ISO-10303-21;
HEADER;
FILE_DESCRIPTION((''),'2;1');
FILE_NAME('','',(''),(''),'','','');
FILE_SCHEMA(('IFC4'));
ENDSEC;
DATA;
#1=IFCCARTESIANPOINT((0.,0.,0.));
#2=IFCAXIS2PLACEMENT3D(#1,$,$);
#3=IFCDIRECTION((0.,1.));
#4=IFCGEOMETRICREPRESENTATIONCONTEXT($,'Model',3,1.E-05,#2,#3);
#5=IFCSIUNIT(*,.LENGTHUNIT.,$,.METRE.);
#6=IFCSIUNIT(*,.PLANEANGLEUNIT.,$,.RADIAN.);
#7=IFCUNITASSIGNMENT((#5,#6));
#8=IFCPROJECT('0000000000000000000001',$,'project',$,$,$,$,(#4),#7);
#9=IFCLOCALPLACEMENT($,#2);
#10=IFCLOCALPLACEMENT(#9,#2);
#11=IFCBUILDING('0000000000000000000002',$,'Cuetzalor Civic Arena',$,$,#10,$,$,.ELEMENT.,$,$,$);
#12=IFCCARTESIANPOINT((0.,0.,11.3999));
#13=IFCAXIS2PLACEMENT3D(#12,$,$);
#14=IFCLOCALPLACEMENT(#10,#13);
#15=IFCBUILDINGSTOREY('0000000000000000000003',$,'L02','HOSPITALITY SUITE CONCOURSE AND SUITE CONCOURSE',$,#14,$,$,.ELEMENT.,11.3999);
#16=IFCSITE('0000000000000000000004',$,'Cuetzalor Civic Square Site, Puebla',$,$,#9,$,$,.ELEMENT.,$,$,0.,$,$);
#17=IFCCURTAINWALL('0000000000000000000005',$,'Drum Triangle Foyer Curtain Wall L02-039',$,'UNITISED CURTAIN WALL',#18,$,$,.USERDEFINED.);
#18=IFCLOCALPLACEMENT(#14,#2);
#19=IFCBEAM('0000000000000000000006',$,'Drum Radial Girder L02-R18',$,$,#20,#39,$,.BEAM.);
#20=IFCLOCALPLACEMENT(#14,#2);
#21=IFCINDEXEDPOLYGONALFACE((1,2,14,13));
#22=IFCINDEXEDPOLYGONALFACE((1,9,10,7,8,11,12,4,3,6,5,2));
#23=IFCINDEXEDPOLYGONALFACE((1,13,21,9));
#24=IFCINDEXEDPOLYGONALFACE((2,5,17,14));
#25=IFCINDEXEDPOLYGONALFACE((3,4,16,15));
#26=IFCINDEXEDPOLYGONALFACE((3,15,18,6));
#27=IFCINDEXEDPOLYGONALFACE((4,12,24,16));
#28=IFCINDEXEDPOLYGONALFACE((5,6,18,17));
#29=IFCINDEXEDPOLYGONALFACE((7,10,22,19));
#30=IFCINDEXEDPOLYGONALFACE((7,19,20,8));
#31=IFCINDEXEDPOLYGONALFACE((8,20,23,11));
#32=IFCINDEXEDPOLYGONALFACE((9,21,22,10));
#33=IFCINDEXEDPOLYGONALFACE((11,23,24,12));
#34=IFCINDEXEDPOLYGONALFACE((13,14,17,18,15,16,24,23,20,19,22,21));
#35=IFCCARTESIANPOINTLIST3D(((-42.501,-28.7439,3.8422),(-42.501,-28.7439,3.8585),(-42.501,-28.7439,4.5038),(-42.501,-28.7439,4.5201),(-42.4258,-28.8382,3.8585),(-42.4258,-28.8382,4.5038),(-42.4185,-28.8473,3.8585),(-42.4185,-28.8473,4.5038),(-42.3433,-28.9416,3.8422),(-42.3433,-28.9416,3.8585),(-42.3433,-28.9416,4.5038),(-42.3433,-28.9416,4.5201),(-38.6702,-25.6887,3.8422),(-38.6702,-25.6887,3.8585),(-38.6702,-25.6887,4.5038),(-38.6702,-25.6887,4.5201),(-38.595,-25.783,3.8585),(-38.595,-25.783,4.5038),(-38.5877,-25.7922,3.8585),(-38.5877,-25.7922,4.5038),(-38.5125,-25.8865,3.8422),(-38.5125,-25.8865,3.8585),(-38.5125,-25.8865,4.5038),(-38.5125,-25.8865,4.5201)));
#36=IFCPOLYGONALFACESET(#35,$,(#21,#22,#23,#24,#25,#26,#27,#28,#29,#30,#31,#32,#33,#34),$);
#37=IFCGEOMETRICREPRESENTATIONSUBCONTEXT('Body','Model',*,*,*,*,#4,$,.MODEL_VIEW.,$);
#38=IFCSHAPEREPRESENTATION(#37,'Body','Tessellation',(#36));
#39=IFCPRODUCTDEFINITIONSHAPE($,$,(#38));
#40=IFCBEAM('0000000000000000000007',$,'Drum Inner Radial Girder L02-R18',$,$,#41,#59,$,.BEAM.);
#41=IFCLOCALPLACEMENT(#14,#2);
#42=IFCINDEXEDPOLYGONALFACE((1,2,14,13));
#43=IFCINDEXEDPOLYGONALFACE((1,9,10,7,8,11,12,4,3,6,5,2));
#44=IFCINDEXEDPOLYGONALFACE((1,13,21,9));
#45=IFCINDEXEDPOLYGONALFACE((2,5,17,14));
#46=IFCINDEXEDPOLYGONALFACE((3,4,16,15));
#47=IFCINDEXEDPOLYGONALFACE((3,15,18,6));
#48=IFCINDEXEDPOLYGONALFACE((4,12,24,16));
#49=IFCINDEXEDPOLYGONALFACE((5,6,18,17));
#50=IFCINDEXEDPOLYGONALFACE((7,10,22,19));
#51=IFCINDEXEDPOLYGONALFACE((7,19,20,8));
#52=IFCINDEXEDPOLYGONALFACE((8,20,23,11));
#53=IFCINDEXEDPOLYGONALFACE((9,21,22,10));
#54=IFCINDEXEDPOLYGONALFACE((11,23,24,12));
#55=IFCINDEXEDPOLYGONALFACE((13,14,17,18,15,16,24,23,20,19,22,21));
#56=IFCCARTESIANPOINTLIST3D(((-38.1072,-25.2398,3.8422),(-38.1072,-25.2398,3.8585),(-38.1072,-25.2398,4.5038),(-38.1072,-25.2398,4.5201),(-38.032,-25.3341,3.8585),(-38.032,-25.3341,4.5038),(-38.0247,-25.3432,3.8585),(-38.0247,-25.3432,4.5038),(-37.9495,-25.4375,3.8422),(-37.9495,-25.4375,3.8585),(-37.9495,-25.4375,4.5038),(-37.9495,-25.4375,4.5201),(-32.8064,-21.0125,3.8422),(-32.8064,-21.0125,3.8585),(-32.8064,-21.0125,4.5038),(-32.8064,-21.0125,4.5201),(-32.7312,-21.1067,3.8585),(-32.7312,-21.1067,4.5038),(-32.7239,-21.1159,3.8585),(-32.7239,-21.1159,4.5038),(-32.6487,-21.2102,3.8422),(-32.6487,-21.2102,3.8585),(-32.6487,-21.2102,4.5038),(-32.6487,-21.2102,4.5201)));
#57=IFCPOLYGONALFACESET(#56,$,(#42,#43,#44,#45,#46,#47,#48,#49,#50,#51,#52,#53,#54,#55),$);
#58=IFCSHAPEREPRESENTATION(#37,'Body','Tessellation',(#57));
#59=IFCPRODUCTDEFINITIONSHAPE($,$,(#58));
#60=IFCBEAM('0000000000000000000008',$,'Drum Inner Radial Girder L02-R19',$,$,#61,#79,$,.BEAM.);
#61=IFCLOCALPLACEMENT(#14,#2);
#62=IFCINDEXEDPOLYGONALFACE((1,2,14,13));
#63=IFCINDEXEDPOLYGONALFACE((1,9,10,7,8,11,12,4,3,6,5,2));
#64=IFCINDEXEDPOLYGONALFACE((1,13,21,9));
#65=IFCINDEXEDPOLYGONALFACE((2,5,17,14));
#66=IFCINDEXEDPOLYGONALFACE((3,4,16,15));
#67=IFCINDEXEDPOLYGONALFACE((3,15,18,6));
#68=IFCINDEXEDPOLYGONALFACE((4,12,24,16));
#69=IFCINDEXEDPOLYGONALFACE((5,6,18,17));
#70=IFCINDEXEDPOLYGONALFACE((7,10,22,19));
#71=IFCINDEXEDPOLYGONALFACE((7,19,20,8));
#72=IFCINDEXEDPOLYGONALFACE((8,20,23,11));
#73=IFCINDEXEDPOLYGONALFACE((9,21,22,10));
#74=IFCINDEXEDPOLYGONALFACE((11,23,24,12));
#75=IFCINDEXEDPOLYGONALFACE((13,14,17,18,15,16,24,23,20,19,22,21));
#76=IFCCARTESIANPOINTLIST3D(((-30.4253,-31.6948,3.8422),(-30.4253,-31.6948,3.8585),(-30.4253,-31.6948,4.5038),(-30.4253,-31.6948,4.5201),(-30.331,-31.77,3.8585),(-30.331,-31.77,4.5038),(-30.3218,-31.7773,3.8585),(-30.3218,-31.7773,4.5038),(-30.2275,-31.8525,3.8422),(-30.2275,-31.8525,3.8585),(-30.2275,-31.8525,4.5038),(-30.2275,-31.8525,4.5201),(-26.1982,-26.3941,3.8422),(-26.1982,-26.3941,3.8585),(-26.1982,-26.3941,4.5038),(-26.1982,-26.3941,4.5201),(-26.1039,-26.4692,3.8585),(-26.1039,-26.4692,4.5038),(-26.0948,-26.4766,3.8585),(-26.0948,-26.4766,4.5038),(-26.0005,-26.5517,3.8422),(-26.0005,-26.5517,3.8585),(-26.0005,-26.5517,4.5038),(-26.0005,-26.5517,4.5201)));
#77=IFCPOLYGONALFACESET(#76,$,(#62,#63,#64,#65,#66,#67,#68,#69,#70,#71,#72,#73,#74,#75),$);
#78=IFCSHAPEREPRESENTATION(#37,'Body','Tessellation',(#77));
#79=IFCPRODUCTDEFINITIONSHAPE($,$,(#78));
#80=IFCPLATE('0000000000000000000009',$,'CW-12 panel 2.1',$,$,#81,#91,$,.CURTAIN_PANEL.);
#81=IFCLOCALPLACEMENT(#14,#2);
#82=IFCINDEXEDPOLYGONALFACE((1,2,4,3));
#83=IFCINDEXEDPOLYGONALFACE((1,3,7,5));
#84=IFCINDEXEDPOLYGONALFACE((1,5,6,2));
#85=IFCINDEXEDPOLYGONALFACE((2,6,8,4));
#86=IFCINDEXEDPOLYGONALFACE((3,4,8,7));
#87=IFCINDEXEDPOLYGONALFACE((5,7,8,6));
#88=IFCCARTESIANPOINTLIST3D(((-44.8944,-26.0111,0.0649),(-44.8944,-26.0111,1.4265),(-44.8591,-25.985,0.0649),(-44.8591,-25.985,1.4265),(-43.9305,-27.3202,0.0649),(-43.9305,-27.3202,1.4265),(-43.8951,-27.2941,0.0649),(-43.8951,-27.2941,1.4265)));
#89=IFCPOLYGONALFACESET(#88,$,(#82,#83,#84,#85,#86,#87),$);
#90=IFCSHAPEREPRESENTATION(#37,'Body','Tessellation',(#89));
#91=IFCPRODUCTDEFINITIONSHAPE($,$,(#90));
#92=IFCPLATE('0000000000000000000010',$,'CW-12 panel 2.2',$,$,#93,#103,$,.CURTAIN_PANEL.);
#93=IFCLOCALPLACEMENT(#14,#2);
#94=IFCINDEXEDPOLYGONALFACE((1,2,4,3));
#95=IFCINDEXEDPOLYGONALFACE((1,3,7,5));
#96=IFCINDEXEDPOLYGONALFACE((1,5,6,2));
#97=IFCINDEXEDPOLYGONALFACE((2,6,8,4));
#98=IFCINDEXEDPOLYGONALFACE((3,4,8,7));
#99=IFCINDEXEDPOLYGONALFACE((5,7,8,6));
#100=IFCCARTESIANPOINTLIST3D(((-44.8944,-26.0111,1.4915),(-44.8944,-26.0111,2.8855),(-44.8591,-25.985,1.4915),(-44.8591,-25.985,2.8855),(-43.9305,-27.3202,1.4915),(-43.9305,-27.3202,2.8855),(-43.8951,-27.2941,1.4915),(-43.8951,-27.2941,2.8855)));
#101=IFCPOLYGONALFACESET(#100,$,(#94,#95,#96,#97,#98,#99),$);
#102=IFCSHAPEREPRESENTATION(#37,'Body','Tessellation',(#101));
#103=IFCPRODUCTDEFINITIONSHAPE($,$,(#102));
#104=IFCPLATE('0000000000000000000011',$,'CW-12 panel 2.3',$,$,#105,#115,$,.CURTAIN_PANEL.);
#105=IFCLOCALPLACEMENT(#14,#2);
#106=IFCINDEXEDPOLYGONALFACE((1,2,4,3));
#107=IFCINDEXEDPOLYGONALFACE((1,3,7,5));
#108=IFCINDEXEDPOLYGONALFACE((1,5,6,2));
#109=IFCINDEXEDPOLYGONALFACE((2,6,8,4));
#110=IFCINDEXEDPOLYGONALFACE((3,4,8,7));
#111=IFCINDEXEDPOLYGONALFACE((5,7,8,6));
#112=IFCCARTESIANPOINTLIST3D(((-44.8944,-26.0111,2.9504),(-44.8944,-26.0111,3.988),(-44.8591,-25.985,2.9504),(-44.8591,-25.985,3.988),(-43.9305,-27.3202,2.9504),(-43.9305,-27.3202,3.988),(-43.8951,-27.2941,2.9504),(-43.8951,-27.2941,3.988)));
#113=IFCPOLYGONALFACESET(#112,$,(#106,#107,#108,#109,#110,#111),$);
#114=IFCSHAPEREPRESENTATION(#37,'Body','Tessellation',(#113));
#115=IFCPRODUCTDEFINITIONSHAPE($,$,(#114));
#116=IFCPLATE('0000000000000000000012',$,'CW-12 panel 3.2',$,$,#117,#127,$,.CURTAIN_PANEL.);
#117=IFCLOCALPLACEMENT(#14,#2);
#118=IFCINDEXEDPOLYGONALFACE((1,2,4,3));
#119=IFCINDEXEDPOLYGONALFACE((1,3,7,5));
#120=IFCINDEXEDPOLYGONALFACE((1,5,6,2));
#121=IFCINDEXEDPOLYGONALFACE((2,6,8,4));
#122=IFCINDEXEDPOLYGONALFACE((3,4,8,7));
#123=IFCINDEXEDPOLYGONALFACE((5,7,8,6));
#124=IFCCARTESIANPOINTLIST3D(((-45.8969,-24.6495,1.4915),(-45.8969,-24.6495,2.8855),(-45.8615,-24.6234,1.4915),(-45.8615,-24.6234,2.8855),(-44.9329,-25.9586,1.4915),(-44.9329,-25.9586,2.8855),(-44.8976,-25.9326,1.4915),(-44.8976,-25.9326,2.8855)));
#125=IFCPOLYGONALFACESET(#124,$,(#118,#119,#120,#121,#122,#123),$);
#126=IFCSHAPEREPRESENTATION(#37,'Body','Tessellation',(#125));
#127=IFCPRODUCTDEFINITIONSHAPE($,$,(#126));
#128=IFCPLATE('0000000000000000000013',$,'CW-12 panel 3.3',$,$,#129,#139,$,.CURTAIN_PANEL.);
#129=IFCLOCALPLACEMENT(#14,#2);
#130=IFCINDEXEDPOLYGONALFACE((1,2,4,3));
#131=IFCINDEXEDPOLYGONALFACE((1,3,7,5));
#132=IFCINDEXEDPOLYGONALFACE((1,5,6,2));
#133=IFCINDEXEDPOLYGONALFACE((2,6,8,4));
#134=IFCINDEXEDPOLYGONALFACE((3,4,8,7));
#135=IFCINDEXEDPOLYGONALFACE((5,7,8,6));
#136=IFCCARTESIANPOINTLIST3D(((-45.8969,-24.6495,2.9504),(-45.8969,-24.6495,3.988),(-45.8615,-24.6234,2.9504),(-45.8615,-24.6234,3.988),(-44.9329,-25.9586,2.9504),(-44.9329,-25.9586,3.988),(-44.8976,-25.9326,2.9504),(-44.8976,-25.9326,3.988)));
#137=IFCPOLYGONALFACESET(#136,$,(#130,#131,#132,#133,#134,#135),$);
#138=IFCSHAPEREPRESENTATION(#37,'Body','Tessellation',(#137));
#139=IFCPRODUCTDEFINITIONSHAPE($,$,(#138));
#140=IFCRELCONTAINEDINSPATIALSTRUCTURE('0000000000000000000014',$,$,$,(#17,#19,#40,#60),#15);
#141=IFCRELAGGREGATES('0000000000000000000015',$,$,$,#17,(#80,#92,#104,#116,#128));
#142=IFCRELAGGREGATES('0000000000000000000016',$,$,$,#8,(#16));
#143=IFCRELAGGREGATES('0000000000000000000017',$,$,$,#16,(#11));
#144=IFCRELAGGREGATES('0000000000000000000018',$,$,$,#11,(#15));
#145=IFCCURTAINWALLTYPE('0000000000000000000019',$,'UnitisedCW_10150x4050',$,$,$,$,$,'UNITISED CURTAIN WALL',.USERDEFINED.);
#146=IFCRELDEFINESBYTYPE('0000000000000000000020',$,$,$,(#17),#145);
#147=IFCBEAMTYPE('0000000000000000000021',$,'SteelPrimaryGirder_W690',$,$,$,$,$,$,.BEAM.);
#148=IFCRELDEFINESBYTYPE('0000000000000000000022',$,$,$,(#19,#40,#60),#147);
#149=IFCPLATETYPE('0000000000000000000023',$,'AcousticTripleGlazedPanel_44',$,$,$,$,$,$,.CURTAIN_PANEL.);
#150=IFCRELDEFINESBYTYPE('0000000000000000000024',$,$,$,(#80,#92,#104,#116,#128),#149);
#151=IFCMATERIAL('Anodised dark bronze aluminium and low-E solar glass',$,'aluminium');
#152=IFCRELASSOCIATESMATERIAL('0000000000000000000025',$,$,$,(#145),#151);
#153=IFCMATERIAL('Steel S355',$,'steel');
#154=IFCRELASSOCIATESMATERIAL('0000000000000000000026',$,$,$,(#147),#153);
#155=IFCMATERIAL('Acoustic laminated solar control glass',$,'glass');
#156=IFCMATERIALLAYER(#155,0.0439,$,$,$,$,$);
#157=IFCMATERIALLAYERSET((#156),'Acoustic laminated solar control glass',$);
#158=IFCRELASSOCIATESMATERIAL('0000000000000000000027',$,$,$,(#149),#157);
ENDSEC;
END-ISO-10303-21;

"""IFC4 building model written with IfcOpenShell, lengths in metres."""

from ifc_helpers import new_model, si_unit, direction, frame, origin, origin_2d, place, context, subcontext, project, spatial, rectangle, i_section, extrude, material, layer, layer_set, material_profile, profile_set, type_object, element, aggregate, save


model = new_model("IFC4")

# Units and contexts
model_context = context("Model", 3, precision=1e-05, world=origin(), true_north=direction((0.0, 1.0)))
body_context = subcontext(model_context, "Body", "Model", "MODEL_VIEW")
ifc_project = project(units=[si_unit("LENGTHUNIT", "METRE"), si_unit("PLANEANGLEUNIT", "RADIAN")], contexts=[model_context])

# Site, building, storey
site_placement = place(None, origin())
site = spatial("IfcSite", under=ifc_project, at=site_placement, Name="Cuetzalor Civic Square Site, Puebla", CompositionType="ELEMENT", RefElevation=0.0)
building_placement = place(site_placement, origin())
building = spatial("IfcBuilding", under=site, at=building_placement, Name="Cuetzalor Civic Arena", CompositionType="ELEMENT")
storey_placement = place(building_placement, frame((0.0, 0.0, 11.3999)))
storey = spatial("IfcBuildingStorey", under=building, at=storey_placement, Name="L02", Description="HOSPITALITY SUITE CONCOURSE AND SUITE CONCOURSE", CompositionType="ELEMENT", Elevation=11.3999)

# Curtain wall
ifc_material_1 = material(Name="Anodised dark bronze aluminium and low-E solar glass", Category="aluminium")
curtain_wall_type = type_object("IfcCurtainWallType", Name="UnitisedCW_10150x4050", ElementType="UNITISED CURTAIN WALL", PredefinedType="USERDEFINED", material=ifc_material_1)
curtain_wall_placement = place(storey_placement, origin())
curtain_wall = element("IfcCurtainWall", 1, at=curtain_wall_placement, inside=storey, type_object=curtain_wall_type, Name="Drum Triangle Foyer Curtain Wall L02-039", ObjectType="UNITISED CURTAIN WALL", PredefinedType="USERDEFINED")

# Beams
ifc_material_2 = material(Name="Steel S355", Category="steel")
ifc_material_profile_1 = material_profile(ifc_material_2, i_section(OverallWidth=0.2529, OverallDepth=0.678, WebThickness=0.0117, FlangeThickness=0.0164, at=origin_2d()), Name="W690x125")
ifc_profile_set_1 = profile_set([ifc_material_profile_1], Name="Steel S355")
beam_type_1 = type_object("IfcBeamType", Name="SteelPrimaryGirder_W690", PredefinedType="BEAM", material=ifc_profile_set_1)
beam_1_placement = place(storey_placement, frame((-38.5913, -25.7876, 4.1812), z_axis=(-0.781811, -0.623516, 0.0), x_axis=(0.623516, -0.781811, 0.0)))
element("IfcBeam", 2, at=beam_1_placement, inside=storey, type_object=beam_type_1, Name="Drum Radial Girder L02-R18", PredefinedType="BEAM", context=body_context, shape_type="SweptSolid", body=[
    extrude(i_section(OverallWidth=0.2529, OverallDepth=0.678, WebThickness=0.0117, FlangeThickness=0.0164, at=origin_2d()), origin(), (0.0, 0.0, 1.0), 4.8999),
])
beam_2_placement = place(storey_placement, frame((-32.7275, -21.1113, 4.1812), z_axis=(-0.781827, -0.623495, 0.0), x_axis=(0.623495, -0.781827, 0.0)))
element("IfcBeam", 3, at=beam_2_placement, inside=storey, type_object=beam_type_1, Name="Drum Inner Radial Girder L02-R18", PredefinedType="BEAM", context=body_context, shape_type="SweptSolid", body=[
    extrude(i_section(OverallWidth=0.2529, OverallDepth=0.678, WebThickness=0.0117, FlangeThickness=0.0164, at=origin_2d()), origin(), (0.0, 0.0, 1.0), 6.78),
])
beam_3_placement = place(storey_placement, frame((-26.0994, -26.4729, 4.1812), z_axis=(-0.623473, -0.781845, 0.0), x_axis=(0.781845, -0.623473, 0.0)))
element("IfcBeam", 4, at=beam_3_placement, inside=storey, type_object=beam_type_1, Name="Drum Inner Radial Girder L02-R19", PredefinedType="BEAM", context=body_context, shape_type="SweptSolid", body=[
    extrude(i_section(OverallWidth=0.2529, OverallDepth=0.678, WebThickness=0.0117, FlangeThickness=0.0164, at=origin_2d()), origin(), (0.0, 0.0, 1.0), 6.7798),
])

# Plates
ifc_material_3 = material(Name="Acoustic laminated solar control glass", Category="glass")
ifc_layer = layer(ifc_material_3, 0.0439)
ifc_layer_set = layer_set([ifc_layer], Name="Acoustic laminated solar control glass")
plate_type = type_object("IfcPlateType", Name="AcousticTripleGlazedPanel_44", PredefinedType="CURTAIN_PANEL", material=ifc_layer_set)
plate_1_placement = place(storey_placement, frame((-44.3948, -26.6526, 0.0649), z_axis=(0.0, 0.0, 1.0), x_axis=(-0.592929, 0.805255, 0.0)))
plate_1 = element("IfcPlate", 5, at=plate_1_placement, type_object=plate_type, Name="CW-12 panel 2.1", PredefinedType="CURTAIN_PANEL", context=body_context, shape_type="SweptSolid", body=[
    extrude(rectangle(XDim=1.6257, YDim=0.0439, at=origin_2d()), origin(), (0.0, 0.0, 1.0), 1.3616),
])
plate_2_placement = place(storey_placement, frame((-44.3948, -26.6526, 1.4915), z_axis=(0.0, 0.0, 1.0), x_axis=(-0.592929, 0.805255, 0.0)))
plate_2 = element("IfcPlate", 6, at=plate_2_placement, type_object=plate_type, Name="CW-12 panel 2.2", PredefinedType="CURTAIN_PANEL", context=body_context, shape_type="SweptSolid", body=[
    extrude(rectangle(XDim=1.6257, YDim=0.0439, at=origin_2d()), origin(), (0.0, 0.0, 1.0), 1.394),
])
plate_3_placement = place(storey_placement, frame((-44.3948, -26.6526, 2.9504), z_axis=(0.0, 0.0, 1.0), x_axis=(-0.592929, 0.805255, 0.0)))
plate_3 = element("IfcPlate", 7, at=plate_3_placement, type_object=plate_type, Name="CW-12 panel 2.3", PredefinedType="CURTAIN_PANEL", context=body_context, shape_type="SweptSolid", body=[
    extrude(rectangle(XDim=1.6257, YDim=0.0439, at=origin_2d()), origin(), (0.0, 0.0, 1.0), 1.0376),
])
plate_4_placement = place(storey_placement, frame((-45.3972, -25.291, 1.4915), z_axis=(0.0, 0.0, 1.0), x_axis=(-0.592929, 0.805255, 0.0)))
plate_4 = element("IfcPlate", 8, at=plate_4_placement, type_object=plate_type, Name="CW-12 panel 3.2", PredefinedType="CURTAIN_PANEL", context=body_context, shape_type="SweptSolid", body=[
    extrude(rectangle(XDim=1.6257, YDim=0.0439, at=origin_2d()), origin(), (0.0, 0.0, 1.0), 1.394),
])
plate_5_placement = place(storey_placement, frame((-45.3972, -25.291, 2.9504), z_axis=(0.0, 0.0, 1.0), x_axis=(-0.592929, 0.805255, 0.0)))
plate_5 = element("IfcPlate", 9, at=plate_5_placement, type_object=plate_type, Name="CW-12 panel 3.3", PredefinedType="CURTAIN_PANEL", context=body_context, shape_type="SweptSolid", body=[
    extrude(rectangle(XDim=1.6257, YDim=0.0439, at=origin_2d()), origin(), (0.0, 0.0, 1.0), 1.0376),
])
aggregate(curtain_wall, [plate_1, plate_2, plate_3, plate_4, plate_5])

save(model, "model.ifc")
